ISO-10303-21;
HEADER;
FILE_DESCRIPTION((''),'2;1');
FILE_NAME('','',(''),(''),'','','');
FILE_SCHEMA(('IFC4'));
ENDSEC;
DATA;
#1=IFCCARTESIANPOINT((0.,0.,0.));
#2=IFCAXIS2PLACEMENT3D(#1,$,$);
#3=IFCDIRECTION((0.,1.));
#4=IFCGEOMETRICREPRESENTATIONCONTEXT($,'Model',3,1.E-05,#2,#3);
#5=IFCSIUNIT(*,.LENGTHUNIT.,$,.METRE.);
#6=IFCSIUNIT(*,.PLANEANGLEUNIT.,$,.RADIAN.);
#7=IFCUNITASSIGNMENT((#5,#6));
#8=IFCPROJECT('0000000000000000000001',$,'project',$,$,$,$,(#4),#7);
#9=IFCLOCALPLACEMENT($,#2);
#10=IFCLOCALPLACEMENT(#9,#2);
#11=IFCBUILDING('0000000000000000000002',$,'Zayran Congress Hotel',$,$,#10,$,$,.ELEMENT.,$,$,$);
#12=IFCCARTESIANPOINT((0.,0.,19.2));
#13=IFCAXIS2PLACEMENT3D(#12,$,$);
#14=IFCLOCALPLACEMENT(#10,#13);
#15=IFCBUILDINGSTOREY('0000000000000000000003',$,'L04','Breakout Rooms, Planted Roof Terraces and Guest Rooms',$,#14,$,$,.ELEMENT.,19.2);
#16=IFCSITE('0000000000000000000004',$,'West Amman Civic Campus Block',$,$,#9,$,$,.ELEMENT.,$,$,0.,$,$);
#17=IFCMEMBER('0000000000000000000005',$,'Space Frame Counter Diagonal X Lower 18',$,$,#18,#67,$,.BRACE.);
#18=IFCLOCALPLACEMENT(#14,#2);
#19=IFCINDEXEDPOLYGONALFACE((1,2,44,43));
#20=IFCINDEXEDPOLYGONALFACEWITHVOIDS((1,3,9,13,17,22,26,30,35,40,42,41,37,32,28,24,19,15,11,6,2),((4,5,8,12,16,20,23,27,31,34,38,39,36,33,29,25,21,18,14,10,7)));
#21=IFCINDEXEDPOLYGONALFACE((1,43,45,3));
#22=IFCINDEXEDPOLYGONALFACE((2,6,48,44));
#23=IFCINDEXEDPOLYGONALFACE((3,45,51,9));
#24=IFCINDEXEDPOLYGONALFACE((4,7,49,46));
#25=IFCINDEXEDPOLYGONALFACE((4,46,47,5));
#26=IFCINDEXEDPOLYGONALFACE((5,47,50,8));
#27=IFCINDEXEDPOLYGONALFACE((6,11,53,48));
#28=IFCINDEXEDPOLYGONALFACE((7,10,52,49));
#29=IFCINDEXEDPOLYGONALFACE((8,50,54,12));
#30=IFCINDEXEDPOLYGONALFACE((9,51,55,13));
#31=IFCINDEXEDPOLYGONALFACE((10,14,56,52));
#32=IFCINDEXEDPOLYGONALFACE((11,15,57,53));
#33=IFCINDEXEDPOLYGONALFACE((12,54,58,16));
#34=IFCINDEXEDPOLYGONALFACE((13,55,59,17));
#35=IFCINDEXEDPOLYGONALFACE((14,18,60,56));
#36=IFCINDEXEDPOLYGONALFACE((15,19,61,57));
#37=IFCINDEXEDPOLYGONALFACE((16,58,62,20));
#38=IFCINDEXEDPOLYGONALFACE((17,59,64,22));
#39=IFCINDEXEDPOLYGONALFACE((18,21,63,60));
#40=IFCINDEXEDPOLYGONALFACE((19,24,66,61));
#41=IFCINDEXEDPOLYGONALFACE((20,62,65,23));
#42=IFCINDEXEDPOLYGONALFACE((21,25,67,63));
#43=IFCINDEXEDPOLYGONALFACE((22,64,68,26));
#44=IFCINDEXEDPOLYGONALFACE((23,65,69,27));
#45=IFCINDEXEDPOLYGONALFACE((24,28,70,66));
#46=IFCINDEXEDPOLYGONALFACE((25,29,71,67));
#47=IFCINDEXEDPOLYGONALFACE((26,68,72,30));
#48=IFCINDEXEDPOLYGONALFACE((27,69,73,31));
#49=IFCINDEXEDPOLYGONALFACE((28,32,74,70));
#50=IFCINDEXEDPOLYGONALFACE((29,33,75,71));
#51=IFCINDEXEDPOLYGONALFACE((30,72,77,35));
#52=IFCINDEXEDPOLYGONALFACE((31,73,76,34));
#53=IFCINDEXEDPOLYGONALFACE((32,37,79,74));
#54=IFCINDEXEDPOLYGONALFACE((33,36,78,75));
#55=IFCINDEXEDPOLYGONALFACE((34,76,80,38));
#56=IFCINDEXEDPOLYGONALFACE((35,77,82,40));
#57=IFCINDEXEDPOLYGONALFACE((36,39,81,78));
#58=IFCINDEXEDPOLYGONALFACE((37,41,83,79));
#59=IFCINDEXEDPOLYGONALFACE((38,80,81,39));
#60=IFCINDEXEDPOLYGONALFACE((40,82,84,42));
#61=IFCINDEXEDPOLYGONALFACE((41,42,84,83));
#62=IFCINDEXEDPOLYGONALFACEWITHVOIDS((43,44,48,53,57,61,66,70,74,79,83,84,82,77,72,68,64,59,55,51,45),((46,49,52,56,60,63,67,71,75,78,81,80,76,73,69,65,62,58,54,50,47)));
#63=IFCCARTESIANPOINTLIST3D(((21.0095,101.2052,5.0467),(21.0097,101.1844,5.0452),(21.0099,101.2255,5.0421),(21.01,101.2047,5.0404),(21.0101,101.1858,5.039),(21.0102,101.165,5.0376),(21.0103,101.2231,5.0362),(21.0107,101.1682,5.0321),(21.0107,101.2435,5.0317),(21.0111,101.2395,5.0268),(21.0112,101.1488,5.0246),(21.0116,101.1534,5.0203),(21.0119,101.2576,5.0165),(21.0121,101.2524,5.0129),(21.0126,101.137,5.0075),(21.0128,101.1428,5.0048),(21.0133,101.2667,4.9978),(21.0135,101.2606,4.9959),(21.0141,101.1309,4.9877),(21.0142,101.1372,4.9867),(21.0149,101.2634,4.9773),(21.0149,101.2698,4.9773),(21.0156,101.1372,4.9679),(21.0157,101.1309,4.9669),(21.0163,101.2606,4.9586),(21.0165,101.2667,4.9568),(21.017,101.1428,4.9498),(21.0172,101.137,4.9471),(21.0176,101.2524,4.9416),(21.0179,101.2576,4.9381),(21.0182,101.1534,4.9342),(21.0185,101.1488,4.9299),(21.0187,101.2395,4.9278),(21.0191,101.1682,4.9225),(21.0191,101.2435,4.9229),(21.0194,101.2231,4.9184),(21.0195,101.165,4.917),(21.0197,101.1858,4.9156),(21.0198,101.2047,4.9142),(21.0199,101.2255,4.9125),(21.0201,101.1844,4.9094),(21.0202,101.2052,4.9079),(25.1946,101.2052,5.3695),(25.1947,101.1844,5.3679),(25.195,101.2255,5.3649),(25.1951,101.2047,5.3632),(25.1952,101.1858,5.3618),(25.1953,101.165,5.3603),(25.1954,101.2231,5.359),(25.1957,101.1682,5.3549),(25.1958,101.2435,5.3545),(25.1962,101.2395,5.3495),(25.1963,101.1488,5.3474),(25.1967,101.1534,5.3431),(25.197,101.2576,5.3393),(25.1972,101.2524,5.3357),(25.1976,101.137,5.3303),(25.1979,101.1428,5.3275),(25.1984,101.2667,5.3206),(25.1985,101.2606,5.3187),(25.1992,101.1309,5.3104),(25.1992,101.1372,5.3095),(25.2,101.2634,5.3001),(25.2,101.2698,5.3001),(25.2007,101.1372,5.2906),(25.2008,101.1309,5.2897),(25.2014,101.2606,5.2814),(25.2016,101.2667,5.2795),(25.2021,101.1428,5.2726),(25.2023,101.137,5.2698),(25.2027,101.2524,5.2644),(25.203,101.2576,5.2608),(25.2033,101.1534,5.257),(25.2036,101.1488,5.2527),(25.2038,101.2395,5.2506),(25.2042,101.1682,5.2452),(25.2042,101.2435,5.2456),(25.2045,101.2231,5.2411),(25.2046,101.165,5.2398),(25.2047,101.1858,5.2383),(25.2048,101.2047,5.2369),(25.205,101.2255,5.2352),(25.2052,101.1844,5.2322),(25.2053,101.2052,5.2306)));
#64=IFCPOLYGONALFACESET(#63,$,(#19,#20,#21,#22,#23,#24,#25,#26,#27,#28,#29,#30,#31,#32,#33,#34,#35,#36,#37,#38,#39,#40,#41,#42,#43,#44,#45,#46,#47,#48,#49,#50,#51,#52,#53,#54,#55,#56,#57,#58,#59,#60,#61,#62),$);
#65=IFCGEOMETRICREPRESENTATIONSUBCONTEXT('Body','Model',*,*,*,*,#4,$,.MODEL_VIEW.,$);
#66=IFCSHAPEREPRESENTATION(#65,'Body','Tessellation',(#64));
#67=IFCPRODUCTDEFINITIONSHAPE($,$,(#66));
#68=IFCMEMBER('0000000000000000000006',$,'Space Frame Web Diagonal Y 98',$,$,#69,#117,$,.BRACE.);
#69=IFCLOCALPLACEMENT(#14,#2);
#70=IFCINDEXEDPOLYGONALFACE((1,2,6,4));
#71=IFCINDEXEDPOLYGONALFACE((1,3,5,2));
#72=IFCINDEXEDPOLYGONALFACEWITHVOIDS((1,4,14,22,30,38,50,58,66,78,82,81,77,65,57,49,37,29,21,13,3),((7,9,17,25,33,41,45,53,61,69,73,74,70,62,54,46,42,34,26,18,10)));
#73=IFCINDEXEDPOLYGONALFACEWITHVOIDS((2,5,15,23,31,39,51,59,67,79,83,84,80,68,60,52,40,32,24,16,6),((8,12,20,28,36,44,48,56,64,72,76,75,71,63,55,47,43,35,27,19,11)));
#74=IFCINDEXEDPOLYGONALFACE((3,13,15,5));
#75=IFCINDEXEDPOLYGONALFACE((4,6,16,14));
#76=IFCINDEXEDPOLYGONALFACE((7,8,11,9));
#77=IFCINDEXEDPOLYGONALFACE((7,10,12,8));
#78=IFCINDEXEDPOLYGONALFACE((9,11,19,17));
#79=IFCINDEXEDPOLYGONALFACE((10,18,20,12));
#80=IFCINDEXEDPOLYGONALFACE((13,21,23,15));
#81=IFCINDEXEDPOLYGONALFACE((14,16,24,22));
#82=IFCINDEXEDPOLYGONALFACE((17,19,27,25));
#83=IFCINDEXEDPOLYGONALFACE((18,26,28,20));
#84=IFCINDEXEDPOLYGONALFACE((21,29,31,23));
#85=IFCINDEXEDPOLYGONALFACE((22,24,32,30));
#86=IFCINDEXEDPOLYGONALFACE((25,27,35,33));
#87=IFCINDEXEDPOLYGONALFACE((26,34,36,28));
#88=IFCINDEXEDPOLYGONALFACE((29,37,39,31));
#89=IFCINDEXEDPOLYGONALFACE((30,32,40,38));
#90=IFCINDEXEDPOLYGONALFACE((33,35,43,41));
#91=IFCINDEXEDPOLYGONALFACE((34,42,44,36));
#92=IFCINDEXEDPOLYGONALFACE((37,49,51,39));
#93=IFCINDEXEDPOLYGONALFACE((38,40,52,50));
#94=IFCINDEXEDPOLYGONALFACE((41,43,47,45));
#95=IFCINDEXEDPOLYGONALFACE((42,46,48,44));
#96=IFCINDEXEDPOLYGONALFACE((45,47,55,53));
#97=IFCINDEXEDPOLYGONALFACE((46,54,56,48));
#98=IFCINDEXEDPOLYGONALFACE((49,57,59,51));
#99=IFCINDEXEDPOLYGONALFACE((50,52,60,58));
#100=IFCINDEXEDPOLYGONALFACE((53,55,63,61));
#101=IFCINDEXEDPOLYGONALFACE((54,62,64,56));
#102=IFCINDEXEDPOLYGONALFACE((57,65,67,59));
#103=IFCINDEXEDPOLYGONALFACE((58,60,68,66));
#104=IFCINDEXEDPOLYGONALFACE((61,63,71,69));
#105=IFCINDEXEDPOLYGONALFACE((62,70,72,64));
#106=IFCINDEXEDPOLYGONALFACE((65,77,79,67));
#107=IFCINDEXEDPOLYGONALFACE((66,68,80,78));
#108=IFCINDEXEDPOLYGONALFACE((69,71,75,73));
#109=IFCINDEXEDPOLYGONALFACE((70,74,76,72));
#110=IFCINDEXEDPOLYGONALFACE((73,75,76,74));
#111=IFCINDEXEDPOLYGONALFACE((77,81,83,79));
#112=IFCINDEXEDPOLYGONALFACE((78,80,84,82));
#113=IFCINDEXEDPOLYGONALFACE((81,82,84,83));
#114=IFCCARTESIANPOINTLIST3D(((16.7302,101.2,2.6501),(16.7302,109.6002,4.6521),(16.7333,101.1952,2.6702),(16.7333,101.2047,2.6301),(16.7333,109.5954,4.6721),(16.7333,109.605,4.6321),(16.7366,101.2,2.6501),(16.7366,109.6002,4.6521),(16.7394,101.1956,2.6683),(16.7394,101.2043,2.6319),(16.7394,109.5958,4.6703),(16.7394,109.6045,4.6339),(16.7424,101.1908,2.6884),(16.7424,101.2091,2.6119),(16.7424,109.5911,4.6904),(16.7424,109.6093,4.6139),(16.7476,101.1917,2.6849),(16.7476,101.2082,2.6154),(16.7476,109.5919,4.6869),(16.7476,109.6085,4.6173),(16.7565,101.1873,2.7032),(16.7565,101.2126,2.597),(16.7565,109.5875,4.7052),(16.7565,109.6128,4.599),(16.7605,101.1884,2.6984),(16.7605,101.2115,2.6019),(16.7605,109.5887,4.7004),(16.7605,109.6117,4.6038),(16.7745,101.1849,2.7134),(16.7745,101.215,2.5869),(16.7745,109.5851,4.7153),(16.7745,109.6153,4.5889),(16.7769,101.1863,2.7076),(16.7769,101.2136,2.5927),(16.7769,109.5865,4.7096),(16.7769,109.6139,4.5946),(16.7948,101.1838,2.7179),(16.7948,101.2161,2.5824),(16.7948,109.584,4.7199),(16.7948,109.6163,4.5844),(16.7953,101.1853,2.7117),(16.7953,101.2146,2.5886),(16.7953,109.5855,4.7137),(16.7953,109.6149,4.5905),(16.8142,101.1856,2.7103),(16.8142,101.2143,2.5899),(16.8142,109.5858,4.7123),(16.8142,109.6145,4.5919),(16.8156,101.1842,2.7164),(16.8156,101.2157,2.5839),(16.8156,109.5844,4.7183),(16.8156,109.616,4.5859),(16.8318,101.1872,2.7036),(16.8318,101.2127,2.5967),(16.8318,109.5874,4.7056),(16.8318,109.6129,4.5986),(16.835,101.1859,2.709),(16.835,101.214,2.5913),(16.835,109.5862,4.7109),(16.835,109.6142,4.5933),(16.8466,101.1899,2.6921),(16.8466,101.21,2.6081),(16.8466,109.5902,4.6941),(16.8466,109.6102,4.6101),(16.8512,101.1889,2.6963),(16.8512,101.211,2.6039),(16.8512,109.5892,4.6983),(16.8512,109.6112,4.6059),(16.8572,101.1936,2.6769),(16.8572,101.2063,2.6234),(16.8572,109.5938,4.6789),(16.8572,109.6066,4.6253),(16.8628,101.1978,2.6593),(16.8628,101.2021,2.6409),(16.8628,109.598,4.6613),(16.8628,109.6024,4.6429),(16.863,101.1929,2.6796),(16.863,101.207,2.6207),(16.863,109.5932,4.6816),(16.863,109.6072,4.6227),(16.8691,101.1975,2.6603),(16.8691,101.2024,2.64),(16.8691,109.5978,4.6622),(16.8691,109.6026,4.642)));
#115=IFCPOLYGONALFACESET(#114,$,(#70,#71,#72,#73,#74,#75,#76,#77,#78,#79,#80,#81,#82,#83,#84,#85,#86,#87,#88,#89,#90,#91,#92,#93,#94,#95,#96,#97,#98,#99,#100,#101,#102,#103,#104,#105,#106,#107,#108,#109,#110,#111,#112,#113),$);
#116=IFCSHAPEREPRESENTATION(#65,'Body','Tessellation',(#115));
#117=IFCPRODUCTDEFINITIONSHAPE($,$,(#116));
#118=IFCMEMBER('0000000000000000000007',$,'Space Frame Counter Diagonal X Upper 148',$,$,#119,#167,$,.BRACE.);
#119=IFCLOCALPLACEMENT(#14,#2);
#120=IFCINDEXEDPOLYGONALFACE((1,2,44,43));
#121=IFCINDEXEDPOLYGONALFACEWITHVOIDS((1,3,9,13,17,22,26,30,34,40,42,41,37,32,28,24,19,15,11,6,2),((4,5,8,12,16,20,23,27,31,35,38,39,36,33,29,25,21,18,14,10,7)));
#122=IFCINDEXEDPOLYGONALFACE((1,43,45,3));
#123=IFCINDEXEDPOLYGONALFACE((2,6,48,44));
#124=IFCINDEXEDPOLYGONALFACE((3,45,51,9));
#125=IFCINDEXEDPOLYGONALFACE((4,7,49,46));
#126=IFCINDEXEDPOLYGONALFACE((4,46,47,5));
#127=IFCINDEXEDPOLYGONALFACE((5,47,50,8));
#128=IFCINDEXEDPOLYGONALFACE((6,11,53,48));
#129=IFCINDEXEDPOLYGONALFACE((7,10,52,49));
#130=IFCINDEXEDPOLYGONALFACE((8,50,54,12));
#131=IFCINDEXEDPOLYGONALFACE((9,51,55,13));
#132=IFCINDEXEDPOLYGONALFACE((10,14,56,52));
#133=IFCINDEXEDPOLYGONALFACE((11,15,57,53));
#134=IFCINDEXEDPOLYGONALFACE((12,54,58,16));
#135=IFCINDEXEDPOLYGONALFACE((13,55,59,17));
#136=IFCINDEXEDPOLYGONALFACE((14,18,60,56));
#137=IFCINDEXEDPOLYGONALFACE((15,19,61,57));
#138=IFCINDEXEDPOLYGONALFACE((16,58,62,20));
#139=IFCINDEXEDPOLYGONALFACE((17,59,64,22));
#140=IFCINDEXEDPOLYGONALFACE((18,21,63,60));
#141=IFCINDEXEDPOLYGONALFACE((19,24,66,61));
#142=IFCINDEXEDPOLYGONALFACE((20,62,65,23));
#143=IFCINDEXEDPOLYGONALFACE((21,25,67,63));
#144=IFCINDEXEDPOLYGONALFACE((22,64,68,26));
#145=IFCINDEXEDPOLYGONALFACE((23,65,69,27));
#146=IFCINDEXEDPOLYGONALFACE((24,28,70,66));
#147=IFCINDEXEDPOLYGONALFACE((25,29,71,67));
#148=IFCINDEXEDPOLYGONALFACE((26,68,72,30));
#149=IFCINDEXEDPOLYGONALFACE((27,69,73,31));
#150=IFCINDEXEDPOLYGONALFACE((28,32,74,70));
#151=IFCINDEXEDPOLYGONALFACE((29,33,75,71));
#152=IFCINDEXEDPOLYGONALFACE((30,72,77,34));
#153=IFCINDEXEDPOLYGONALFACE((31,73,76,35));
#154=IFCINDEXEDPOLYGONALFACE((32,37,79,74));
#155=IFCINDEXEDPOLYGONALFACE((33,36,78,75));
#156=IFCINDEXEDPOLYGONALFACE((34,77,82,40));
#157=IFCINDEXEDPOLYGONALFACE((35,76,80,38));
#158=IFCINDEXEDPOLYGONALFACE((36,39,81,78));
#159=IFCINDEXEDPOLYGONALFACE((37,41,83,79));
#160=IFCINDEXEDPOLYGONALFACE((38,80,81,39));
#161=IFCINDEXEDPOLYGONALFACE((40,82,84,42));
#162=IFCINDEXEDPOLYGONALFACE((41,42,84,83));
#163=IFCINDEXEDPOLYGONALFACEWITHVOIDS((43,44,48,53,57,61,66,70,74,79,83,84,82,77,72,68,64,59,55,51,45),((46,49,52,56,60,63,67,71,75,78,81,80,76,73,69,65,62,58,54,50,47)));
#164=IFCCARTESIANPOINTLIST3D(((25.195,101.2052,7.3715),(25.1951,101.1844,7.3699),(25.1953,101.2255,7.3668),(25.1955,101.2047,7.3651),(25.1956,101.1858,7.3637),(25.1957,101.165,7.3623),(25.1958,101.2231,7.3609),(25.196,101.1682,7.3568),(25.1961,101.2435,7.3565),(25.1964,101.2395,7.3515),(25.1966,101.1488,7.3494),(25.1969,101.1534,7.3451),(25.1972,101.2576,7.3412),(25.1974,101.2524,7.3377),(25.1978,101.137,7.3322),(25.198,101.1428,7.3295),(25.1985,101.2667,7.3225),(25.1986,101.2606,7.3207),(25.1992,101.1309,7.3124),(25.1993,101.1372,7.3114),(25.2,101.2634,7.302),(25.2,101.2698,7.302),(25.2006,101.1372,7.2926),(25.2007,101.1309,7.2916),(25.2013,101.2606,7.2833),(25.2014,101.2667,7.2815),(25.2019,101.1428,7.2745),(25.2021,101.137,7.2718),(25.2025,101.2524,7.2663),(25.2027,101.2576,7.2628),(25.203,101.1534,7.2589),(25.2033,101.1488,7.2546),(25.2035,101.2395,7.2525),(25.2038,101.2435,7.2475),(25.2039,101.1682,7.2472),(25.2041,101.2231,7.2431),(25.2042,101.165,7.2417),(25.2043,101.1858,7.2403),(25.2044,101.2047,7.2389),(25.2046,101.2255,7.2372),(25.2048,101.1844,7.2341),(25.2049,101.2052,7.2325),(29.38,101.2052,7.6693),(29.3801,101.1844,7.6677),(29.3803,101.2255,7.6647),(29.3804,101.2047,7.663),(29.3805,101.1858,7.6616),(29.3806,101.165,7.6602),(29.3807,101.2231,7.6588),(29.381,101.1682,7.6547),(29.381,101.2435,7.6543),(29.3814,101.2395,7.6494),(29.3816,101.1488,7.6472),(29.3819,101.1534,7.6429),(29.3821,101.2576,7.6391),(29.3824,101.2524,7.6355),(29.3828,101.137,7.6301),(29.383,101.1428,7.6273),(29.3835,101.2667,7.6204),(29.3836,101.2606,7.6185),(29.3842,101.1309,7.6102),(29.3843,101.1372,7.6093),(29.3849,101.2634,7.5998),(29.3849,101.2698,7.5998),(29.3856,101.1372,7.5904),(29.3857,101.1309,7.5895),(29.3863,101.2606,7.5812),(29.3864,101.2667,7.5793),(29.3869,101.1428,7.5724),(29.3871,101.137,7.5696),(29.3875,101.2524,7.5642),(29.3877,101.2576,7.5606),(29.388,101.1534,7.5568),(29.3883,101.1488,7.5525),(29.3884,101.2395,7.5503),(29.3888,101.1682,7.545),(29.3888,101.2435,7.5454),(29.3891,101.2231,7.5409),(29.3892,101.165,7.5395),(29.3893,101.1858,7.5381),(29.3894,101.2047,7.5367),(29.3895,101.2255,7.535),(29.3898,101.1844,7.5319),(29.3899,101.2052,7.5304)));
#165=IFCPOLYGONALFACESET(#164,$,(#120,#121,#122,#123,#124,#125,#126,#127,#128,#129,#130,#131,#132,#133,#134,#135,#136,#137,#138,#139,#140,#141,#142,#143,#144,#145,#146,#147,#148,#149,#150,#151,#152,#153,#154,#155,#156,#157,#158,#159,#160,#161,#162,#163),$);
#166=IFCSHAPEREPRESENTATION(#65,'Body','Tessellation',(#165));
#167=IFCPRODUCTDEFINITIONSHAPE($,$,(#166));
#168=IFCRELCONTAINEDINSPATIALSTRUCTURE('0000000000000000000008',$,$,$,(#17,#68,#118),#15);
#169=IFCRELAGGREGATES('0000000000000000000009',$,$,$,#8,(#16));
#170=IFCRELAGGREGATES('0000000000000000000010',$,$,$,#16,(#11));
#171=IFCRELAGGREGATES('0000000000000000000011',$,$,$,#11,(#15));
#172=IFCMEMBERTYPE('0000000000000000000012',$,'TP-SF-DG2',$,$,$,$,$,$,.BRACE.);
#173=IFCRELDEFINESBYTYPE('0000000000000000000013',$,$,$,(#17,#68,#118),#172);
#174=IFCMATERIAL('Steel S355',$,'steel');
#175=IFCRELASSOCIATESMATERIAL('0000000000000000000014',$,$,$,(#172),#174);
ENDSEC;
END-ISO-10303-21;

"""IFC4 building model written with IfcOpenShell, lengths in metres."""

from ifc_helpers import new_model, si_unit, direction, frame, origin, origin_2d, place, context, subcontext, project, spatial, hollow_circle, extrude, material, material_profile, profile_set, type_object, element, save


model = new_model("IFC4")

# Units and contexts
model_context = context("Model", 3, precision=1e-05, world=origin(), true_north=direction((0.0, 1.0)))
body_context = subcontext(model_context, "Body", "Model", "MODEL_VIEW")
ifc_project = project(units=[si_unit("LENGTHUNIT", "METRE"), si_unit("PLANEANGLEUNIT", "RADIAN")], contexts=[model_context])

# Site, building, storey
site_placement = place(None, origin())
site = spatial("IfcSite", under=ifc_project, at=site_placement, Name="West Amman Civic Campus Block", CompositionType="ELEMENT", RefElevation=0.0)
building_placement = place(site_placement, origin())
building = spatial("IfcBuilding", under=site, at=building_placement, Name="Zayran Congress Hotel", CompositionType="ELEMENT")
storey_placement = place(building_placement, frame((0.0, 0.0, 19.2)))
storey = spatial("IfcBuildingStorey", under=building, at=storey_placement, Name="L04", Description="Breakout Rooms, Planted Roof Terraces and Guest Rooms", CompositionType="ELEMENT", Elevation=19.2)

# Members
ifc_material_1 = material(Name="Steel S355", Category="steel")
ifc_material_profile_1 = material_profile(ifc_material_1, hollow_circle(Radius=0.0698, WallThickness=0.0063, at=origin_2d()), Name="CHS 139.7x6.3")
ifc_profile_set_1 = profile_set([ifc_material_profile_1], Name="Steel S355")
member_type_1 = type_object("IfcMemberType", Name="TP-SF-DG2", PredefinedType="BRACE", material=ifc_profile_set_1)
for number, where, z_axis, x_axis, name in (
    (1, (21.0149, 101.2, 4.9773), (0.997039, 0.0, 0.076892), (0.0, 1.0, 0.0), "Space Frame Counter Diagonal X Lower 18"),
):
    element("IfcMember", number, at=place(storey_placement, frame(where, z_axis=z_axis, x_axis=x_axis)), inside=storey, type_object=member_type_1, Name=name, PredefinedType="BRACE", context=body_context, shape_type="SweptSolid", body=[
        extrude(hollow_circle(Radius=0.0698, WallThickness=0.0063, at=origin_2d()), origin(), (0.0, 0.0, 1.0), 4.1975),
    ])
member_1_placement = place(storey_placement, frame((16.8, 101.2, 2.6501), z_axis=(0.0, 0.972756, 0.231831), x_axis=(-1.0, 0.0, 0.0)))
element("IfcMember", 2, at=member_1_placement, inside=storey, type_object=member_type_1, Name="Space Frame Web Diagonal Y 98", PredefinedType="BRACE", context=body_context, shape_type="SweptSolid", body=[
    extrude(hollow_circle(Radius=0.0698, WallThickness=0.0063, at=origin_2d()), origin(), (0.0, 0.0, 1.0), 8.6355),
])
member_2_placement = place(storey_placement, frame((25.2, 101.2, 7.302), z_axis=(0.997477, 0.0, 0.070991), x_axis=(0.0, 1.0, 0.0)))
element("IfcMember", 3, at=member_2_placement, inside=storey, type_object=member_type_1, Name="Space Frame Counter Diagonal X Upper 148", PredefinedType="BRACE", context=body_context, shape_type="SweptSolid", body=[
    extrude(hollow_circle(Radius=0.0698, WallThickness=0.0063, at=origin_2d()), origin(), (0.0, 0.0, 1.0), 4.1956),
])

save(model, "model.ifc")
